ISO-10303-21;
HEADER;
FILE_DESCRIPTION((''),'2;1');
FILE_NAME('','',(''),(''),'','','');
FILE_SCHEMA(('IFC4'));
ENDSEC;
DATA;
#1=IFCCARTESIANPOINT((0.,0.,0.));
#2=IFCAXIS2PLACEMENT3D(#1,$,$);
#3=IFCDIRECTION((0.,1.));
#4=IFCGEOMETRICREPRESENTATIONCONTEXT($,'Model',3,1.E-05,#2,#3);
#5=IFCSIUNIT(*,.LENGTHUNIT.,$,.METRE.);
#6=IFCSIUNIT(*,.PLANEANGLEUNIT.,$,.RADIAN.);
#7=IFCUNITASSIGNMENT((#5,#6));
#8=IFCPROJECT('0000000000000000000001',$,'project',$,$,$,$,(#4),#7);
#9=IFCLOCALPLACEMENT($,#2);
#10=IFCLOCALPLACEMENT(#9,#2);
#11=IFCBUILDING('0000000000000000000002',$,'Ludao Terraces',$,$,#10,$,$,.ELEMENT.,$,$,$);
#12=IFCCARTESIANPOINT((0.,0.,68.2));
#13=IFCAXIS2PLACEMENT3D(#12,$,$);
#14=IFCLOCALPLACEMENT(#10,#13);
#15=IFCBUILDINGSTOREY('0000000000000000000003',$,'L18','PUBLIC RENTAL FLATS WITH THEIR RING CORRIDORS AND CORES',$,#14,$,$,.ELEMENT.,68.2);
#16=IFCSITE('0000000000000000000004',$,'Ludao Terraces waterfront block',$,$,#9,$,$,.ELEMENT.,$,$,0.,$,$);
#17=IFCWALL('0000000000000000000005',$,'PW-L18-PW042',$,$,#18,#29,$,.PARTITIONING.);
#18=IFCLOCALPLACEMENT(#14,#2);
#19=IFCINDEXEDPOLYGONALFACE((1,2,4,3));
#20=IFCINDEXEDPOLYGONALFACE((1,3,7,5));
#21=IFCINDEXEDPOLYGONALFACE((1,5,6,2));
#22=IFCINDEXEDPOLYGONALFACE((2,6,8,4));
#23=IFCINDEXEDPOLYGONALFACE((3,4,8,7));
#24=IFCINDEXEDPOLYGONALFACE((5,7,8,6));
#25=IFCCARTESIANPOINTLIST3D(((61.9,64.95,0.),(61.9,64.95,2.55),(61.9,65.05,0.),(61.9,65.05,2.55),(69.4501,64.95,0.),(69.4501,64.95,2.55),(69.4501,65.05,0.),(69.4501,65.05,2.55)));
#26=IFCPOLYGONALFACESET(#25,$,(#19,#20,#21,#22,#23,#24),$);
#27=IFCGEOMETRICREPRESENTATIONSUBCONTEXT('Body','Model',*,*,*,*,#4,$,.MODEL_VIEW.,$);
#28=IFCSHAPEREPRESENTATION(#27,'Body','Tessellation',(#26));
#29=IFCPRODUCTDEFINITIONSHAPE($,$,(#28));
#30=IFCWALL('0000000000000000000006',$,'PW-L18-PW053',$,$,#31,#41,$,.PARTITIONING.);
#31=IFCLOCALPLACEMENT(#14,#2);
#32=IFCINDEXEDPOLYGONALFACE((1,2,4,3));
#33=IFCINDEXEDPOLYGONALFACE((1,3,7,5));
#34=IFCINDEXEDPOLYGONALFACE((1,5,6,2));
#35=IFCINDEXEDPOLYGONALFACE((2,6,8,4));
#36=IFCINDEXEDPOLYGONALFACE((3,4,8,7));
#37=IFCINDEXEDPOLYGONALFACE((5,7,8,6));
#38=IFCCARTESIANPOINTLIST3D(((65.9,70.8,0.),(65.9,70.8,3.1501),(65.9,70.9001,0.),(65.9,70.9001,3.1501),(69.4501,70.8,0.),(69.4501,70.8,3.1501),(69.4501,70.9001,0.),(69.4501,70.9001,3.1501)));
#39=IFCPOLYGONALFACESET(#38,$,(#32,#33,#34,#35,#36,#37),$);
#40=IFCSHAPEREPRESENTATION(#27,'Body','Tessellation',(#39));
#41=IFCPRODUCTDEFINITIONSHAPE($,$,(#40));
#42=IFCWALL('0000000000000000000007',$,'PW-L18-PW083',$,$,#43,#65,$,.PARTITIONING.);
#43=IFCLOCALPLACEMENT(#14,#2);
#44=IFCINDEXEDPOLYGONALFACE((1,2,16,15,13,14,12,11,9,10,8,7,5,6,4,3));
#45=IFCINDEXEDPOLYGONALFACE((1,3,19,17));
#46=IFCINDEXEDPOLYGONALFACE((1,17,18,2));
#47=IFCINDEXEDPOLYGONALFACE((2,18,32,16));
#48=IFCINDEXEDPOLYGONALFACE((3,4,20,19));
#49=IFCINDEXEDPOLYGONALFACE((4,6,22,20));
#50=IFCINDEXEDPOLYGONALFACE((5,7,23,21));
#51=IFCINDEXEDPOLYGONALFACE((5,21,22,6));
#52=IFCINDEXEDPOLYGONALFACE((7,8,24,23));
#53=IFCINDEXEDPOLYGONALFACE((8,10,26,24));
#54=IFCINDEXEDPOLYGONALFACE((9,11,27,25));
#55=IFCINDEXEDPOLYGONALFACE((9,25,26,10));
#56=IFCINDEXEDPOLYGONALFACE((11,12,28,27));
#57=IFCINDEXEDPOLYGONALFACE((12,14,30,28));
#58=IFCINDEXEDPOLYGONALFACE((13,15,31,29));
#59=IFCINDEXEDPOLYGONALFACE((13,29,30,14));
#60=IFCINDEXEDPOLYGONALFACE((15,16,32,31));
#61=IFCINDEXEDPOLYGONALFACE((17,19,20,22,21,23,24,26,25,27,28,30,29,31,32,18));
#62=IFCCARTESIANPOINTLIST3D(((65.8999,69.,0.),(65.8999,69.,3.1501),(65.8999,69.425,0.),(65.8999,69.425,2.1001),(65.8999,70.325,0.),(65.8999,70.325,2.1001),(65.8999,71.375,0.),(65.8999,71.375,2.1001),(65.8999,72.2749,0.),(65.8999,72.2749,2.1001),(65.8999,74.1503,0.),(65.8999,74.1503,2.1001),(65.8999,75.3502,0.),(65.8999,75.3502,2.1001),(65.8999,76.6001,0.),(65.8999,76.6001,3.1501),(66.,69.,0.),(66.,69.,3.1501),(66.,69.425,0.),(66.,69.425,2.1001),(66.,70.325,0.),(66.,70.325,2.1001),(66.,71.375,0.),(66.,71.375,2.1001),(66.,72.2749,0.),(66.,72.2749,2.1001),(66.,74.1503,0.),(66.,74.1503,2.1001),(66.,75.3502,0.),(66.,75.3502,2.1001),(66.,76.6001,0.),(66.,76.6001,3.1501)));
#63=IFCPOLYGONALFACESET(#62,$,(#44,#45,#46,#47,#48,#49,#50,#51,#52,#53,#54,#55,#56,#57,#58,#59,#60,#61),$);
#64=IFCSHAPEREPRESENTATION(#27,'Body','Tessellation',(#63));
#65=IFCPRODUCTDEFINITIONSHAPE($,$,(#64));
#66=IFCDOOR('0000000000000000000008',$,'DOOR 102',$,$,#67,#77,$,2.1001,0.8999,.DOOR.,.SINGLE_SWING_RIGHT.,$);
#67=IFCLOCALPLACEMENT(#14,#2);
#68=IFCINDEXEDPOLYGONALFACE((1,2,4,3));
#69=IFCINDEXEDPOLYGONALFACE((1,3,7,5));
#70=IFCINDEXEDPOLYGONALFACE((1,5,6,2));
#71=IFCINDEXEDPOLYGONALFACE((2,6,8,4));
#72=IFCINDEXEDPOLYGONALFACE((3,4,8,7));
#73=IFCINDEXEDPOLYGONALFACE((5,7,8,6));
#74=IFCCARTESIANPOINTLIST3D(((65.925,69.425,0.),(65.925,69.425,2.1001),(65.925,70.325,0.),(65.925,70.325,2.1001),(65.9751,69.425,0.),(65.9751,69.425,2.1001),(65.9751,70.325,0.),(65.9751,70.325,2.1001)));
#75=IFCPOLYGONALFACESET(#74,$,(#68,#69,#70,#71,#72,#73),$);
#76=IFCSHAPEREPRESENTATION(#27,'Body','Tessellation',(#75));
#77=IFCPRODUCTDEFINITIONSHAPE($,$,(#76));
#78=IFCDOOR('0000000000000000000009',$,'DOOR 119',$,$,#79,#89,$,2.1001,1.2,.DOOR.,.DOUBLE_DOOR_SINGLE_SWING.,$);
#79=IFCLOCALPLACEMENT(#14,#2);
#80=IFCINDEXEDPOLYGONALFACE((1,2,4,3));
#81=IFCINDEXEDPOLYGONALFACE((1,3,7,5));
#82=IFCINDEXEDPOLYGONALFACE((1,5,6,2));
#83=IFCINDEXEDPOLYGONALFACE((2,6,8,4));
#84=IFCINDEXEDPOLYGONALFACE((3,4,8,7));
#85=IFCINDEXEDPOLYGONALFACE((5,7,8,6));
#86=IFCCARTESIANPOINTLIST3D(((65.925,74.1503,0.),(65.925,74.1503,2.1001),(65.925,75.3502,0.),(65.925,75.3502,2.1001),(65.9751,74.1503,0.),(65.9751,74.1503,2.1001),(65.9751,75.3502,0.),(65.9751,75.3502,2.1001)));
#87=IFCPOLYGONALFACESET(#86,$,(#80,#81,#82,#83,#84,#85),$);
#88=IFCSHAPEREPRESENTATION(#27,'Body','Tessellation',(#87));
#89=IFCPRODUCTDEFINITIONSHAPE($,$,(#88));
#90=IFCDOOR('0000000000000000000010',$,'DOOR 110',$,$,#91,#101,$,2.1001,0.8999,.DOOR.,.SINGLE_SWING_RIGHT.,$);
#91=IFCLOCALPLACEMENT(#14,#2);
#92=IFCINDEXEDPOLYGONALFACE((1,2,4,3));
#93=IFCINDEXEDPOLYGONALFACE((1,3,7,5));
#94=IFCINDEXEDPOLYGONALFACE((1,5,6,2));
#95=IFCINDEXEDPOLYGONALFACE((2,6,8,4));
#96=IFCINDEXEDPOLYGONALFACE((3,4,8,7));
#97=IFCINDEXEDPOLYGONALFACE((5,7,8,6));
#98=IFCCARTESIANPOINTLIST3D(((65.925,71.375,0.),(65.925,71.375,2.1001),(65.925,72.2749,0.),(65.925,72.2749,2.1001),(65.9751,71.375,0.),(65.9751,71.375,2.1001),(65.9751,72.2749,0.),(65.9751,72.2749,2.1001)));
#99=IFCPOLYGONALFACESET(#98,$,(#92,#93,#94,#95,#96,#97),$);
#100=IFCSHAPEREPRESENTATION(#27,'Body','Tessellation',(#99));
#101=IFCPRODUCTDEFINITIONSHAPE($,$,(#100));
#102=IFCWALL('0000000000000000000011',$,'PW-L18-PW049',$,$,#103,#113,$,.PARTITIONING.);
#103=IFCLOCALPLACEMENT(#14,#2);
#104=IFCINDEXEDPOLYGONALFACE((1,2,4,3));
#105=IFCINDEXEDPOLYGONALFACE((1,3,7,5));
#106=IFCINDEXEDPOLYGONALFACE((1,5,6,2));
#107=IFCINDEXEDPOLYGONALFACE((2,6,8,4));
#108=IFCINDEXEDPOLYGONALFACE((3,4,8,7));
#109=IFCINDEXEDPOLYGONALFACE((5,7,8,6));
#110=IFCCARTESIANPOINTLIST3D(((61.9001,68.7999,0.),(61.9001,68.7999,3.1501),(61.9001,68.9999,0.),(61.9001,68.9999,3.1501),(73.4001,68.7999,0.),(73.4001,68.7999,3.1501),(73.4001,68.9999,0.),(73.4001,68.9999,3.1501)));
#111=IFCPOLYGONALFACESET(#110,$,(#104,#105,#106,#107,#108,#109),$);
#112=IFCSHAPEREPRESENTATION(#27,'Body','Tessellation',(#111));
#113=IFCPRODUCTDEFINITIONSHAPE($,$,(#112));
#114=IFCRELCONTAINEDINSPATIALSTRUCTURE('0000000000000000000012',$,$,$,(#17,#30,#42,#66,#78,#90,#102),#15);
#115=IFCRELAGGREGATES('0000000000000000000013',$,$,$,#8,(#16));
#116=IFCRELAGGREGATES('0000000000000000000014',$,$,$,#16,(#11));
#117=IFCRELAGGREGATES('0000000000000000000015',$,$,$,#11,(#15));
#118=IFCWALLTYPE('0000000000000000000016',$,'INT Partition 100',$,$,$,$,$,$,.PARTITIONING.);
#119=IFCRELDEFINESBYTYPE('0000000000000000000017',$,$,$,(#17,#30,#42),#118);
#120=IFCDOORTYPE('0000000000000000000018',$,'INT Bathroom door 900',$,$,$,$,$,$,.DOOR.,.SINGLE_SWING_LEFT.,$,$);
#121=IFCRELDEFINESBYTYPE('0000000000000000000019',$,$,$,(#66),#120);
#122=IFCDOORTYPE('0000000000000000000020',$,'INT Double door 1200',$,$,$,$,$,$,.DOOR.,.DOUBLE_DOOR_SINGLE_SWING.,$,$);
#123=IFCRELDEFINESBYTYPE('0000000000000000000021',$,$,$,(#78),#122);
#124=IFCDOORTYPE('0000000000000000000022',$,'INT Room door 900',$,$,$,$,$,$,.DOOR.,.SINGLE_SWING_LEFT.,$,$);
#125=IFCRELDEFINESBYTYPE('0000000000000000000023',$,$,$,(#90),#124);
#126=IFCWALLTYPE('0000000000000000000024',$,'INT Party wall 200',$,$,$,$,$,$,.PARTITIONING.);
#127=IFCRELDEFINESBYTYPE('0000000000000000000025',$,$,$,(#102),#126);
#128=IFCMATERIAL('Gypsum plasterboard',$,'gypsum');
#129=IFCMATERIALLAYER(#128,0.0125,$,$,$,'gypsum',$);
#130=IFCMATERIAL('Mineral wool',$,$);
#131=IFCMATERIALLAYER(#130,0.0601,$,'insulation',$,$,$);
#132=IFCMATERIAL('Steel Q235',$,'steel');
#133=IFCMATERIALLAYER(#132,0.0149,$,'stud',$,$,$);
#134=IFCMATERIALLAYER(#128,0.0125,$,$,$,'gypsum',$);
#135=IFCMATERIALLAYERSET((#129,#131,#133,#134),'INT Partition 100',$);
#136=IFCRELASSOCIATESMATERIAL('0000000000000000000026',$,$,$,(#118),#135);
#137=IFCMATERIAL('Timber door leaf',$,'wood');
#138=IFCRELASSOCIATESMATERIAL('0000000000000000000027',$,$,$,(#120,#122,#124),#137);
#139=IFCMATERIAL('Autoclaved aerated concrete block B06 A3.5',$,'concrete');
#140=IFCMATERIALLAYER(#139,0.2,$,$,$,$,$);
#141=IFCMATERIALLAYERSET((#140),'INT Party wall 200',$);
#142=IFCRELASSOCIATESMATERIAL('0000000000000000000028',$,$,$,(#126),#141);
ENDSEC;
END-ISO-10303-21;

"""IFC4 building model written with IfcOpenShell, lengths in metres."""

from ifc_helpers import new_model, si_unit, direction, frame, frame_2d, origin, place, context, subcontext, project, spatial, rectangle, extrude, material, layer, layer_set, type_object, element, fill, save


model = new_model("IFC4")

# Units and contexts
model_context = context("Model", 3, precision=1e-05, world=origin(), true_north=direction((0.0, 1.0)))
body_context = subcontext(model_context, "Body", "Model", "MODEL_VIEW")
ifc_project = project(units=[si_unit("LENGTHUNIT", "METRE"), si_unit("PLANEANGLEUNIT", "RADIAN")], contexts=[model_context])

# Site, building, storey
site_placement = place(None, origin())
site = spatial("IfcSite", under=ifc_project, at=site_placement, Name="Ludao Terraces waterfront block", CompositionType="ELEMENT", RefElevation=0.0)
building_placement = place(site_placement, origin())
building = spatial("IfcBuilding", under=site, at=building_placement, Name="Ludao Terraces", CompositionType="ELEMENT")
storey_placement = place(building_placement, frame((0.0, 0.0, 68.2)))
storey = spatial("IfcBuildingStorey", under=building, at=storey_placement, Name="L18", Description="PUBLIC RENTAL FLATS WITH THEIR RING CORRIDORS AND CORES", CompositionType="ELEMENT", Elevation=68.2)

# Shared definitions
ifc_material_1 = material(Name="Mineral wool")

# Walls
ifc_material_2 = material(Name="Gypsum plasterboard", Category="gypsum")
ifc_layer_1 = layer(ifc_material_2, 0.0125, Category="gypsum")
ifc_layer_2 = layer(ifc_material_1, 0.0601, Name="insulation")
ifc_material_3 = material(Name="Steel Q235", Category="steel")
ifc_layer_3 = layer(ifc_material_3, 0.0149, Name="stud")
ifc_layer_4 = layer(ifc_material_2, 0.0125, Category="gypsum")
ifc_layer_set_1 = layer_set([ifc_layer_1, ifc_layer_2, ifc_layer_3, ifc_layer_4], Name="INT Partition 100")
wall_type_1 = type_object("IfcWallType", Name="INT Partition 100", PredefinedType="PARTITIONING", material=ifc_layer_set_1)
wall_1_placement = place(storey_placement, frame((61.9001, 65.0, 0.0), z_axis=(0.0, 0.0, 1.0), x_axis=(1.0, 0.0, 0.0)))
element("IfcWall", 1, at=wall_1_placement, inside=storey, type_object=wall_type_1, Name="PW-L18-PW042", PredefinedType="PARTITIONING", context=body_context, shape_type="SweptSolid", body=[
    extrude(rectangle(XDim=7.55, YDim=0.1001, at=frame_2d((3.7749, 0.0))), origin(), (0.0, 0.0, 1.0), 2.55),
])
wall_2_placement = place(storey_placement, frame((65.9001, 70.8501, 0.0), z_axis=(0.0, 0.0, 1.0), x_axis=(1.0, 0.0, 0.0)))
element("IfcWall", 2, at=wall_2_placement, inside=storey, type_object=wall_type_1, Name="PW-L18-PW053", PredefinedType="PARTITIONING", context=body_context, shape_type="SweptSolid", body=[
    extrude(rectangle(XDim=3.55, YDim=0.1001, at=frame_2d((1.7749, 0.0))), origin(), (0.0, 0.0, 1.0), 3.1501),
])

# Wall, openings, doors
wall_3_placement = place(storey_placement, frame((65.95, 69.0, 0.0), z_axis=(0.0, 0.0, 1.0), x_axis=(0.0, 1.0, 0.0)))
wall_3 = element("IfcWall", 3, at=wall_3_placement, inside=storey, type_object=wall_type_1, Name="PW-L18-PW083", PredefinedType="PARTITIONING", context=body_context, shape_type="SweptSolid", body=[
    extrude(rectangle(XDim=7.6001, YDim=0.1001, at=frame_2d((3.8, 0.0))), origin(), (0.0, 0.0, 1.0), 3.1501),
])
opening_1_placement = place(wall_3_placement, frame((0.425, 0.0, 0.0)))
opening_1 = element("IfcOpeningElement", 4, at=opening_1_placement, cuts=wall_3, PredefinedType="OPENING", context=body_context, shape_type="SweptSolid", body=[
    extrude(rectangle(XDim=0.8999, YDim=2.1001, at=frame_2d((0.45, 1.05))), frame((0.0, 0.0601, 0.0), z_axis=(0.0, -1.0, 0.0), x_axis=(1.0, 0.0, 0.0)), (0.0, 0.0, 1.0), 0.1201),
])
opening_2_placement = place(wall_3_placement, frame((2.375, 0.0, 0.0)))
opening_2 = element("IfcOpeningElement", 5, at=opening_2_placement, cuts=wall_3, PredefinedType="OPENING", context=body_context, shape_type="SweptSolid", body=[
    extrude(rectangle(XDim=0.8999, YDim=2.1001, at=frame_2d((0.45, 1.05))), frame((0.0, 0.0601, 0.0), z_axis=(0.0, -1.0, 0.0), x_axis=(1.0, 0.0, 0.0)), (0.0, 0.0, 1.0), 0.1201),
])
opening_3_placement = place(wall_3_placement, frame((5.1501, 0.0, 0.0)))
opening_3 = element("IfcOpeningElement", 6, at=opening_3_placement, cuts=wall_3, PredefinedType="OPENING", context=body_context, shape_type="SweptSolid", body=[
    extrude(rectangle(XDim=1.2, YDim=2.1001, at=frame_2d((0.6001, 1.05))), frame((0.0, 0.0601, 0.0), z_axis=(0.0, -1.0, 0.0), x_axis=(1.0, 0.0, 0.0)), (0.0, 0.0, 1.0), 0.1201),
])
ifc_material_4 = material(Name="Timber door leaf", Category="wood")
door_type_1 = type_object("IfcDoorType", Name="INT Bathroom door 900", OperationType="SINGLE_SWING_LEFT", PredefinedType="DOOR", material=ifc_material_4)
door_1_placement = place(opening_1_placement, origin())
door_1 = element("IfcDoor", 7, at=door_1_placement, inside=storey, type_object=door_type_1, Name="DOOR 102", OperationType="SINGLE_SWING_RIGHT", OverallHeight=2.1001, OverallWidth=0.8999, PredefinedType="DOOR", context=body_context, shape_type="SweptSolid", body=[
    extrude(rectangle(XDim=0.8999, YDim=2.1001, at=frame_2d((0.45, 1.05))), frame((0.0, 0.0249, 0.0), z_axis=(0.0, -1.0, 0.0), x_axis=(1.0, 0.0, 0.0)), (0.0, 0.0, 1.0), 0.05),
])
fill(opening_1, door_1)
door_type_2 = type_object("IfcDoorType", Name="INT Double door 1200", OperationType="DOUBLE_DOOR_SINGLE_SWING", PredefinedType="DOOR", material=ifc_material_4)
door_2_placement = place(opening_3_placement, origin())
door_2 = element("IfcDoor", 8, at=door_2_placement, inside=storey, type_object=door_type_2, Name="DOOR 119", OperationType="DOUBLE_DOOR_SINGLE_SWING", OverallHeight=2.1001, OverallWidth=1.2, PredefinedType="DOOR", context=body_context, shape_type="SweptSolid", body=[
    extrude(rectangle(XDim=1.2, YDim=2.1001, at=frame_2d((0.6001, 1.05))), frame((0.0, 0.0249, 0.0), z_axis=(0.0, -1.0, 0.0), x_axis=(1.0, 0.0, 0.0)), (0.0, 0.0, 1.0), 0.05),
])
fill(opening_3, door_2)
door_type_3 = type_object("IfcDoorType", Name="INT Room door 900", OperationType="SINGLE_SWING_LEFT", PredefinedType="DOOR", material=ifc_material_4)
door_3_placement = place(opening_2_placement, origin())
door_3 = element("IfcDoor", 9, at=door_3_placement, inside=storey, type_object=door_type_3, Name="DOOR 110", OperationType="SINGLE_SWING_RIGHT", OverallHeight=2.1001, OverallWidth=0.8999, PredefinedType="DOOR", context=body_context, shape_type="SweptSolid", body=[
    extrude(rectangle(XDim=0.8999, YDim=2.1001, at=frame_2d((0.45, 1.05))), frame((0.0, 0.0249, 0.0), z_axis=(0.0, -1.0, 0.0), x_axis=(1.0, 0.0, 0.0)), (0.0, 0.0, 1.0), 0.05),
])
fill(opening_2, door_3)

# Wall
ifc_material_5 = material(Name="Autoclaved aerated concrete block B06 A3.5", Category="concrete")
ifc_layer_5 = layer(ifc_material_5, 0.2)
ifc_layer_set_2 = layer_set([ifc_layer_5], Name="INT Party wall 200")
wall_type_2 = type_object("IfcWallType", Name="INT Party wall 200", PredefinedType="PARTITIONING", material=ifc_layer_set_2)
wall_4_placement = place(storey_placement, frame((61.9001, 68.8999, 0.0), z_axis=(0.0, 0.0, 1.0), x_axis=(1.0, 0.0, 0.0)))
element("IfcWall", 10, at=wall_4_placement, inside=storey, type_object=wall_type_2, Name="PW-L18-PW049", PredefinedType="PARTITIONING", context=body_context, shape_type="SweptSolid", body=[
    extrude(rectangle(XDim=11.5, YDim=0.2, at=frame_2d((5.75, 0.0))), origin(), (0.0, 0.0, 1.0), 3.1501),
])

save(model, "model.ifc")
